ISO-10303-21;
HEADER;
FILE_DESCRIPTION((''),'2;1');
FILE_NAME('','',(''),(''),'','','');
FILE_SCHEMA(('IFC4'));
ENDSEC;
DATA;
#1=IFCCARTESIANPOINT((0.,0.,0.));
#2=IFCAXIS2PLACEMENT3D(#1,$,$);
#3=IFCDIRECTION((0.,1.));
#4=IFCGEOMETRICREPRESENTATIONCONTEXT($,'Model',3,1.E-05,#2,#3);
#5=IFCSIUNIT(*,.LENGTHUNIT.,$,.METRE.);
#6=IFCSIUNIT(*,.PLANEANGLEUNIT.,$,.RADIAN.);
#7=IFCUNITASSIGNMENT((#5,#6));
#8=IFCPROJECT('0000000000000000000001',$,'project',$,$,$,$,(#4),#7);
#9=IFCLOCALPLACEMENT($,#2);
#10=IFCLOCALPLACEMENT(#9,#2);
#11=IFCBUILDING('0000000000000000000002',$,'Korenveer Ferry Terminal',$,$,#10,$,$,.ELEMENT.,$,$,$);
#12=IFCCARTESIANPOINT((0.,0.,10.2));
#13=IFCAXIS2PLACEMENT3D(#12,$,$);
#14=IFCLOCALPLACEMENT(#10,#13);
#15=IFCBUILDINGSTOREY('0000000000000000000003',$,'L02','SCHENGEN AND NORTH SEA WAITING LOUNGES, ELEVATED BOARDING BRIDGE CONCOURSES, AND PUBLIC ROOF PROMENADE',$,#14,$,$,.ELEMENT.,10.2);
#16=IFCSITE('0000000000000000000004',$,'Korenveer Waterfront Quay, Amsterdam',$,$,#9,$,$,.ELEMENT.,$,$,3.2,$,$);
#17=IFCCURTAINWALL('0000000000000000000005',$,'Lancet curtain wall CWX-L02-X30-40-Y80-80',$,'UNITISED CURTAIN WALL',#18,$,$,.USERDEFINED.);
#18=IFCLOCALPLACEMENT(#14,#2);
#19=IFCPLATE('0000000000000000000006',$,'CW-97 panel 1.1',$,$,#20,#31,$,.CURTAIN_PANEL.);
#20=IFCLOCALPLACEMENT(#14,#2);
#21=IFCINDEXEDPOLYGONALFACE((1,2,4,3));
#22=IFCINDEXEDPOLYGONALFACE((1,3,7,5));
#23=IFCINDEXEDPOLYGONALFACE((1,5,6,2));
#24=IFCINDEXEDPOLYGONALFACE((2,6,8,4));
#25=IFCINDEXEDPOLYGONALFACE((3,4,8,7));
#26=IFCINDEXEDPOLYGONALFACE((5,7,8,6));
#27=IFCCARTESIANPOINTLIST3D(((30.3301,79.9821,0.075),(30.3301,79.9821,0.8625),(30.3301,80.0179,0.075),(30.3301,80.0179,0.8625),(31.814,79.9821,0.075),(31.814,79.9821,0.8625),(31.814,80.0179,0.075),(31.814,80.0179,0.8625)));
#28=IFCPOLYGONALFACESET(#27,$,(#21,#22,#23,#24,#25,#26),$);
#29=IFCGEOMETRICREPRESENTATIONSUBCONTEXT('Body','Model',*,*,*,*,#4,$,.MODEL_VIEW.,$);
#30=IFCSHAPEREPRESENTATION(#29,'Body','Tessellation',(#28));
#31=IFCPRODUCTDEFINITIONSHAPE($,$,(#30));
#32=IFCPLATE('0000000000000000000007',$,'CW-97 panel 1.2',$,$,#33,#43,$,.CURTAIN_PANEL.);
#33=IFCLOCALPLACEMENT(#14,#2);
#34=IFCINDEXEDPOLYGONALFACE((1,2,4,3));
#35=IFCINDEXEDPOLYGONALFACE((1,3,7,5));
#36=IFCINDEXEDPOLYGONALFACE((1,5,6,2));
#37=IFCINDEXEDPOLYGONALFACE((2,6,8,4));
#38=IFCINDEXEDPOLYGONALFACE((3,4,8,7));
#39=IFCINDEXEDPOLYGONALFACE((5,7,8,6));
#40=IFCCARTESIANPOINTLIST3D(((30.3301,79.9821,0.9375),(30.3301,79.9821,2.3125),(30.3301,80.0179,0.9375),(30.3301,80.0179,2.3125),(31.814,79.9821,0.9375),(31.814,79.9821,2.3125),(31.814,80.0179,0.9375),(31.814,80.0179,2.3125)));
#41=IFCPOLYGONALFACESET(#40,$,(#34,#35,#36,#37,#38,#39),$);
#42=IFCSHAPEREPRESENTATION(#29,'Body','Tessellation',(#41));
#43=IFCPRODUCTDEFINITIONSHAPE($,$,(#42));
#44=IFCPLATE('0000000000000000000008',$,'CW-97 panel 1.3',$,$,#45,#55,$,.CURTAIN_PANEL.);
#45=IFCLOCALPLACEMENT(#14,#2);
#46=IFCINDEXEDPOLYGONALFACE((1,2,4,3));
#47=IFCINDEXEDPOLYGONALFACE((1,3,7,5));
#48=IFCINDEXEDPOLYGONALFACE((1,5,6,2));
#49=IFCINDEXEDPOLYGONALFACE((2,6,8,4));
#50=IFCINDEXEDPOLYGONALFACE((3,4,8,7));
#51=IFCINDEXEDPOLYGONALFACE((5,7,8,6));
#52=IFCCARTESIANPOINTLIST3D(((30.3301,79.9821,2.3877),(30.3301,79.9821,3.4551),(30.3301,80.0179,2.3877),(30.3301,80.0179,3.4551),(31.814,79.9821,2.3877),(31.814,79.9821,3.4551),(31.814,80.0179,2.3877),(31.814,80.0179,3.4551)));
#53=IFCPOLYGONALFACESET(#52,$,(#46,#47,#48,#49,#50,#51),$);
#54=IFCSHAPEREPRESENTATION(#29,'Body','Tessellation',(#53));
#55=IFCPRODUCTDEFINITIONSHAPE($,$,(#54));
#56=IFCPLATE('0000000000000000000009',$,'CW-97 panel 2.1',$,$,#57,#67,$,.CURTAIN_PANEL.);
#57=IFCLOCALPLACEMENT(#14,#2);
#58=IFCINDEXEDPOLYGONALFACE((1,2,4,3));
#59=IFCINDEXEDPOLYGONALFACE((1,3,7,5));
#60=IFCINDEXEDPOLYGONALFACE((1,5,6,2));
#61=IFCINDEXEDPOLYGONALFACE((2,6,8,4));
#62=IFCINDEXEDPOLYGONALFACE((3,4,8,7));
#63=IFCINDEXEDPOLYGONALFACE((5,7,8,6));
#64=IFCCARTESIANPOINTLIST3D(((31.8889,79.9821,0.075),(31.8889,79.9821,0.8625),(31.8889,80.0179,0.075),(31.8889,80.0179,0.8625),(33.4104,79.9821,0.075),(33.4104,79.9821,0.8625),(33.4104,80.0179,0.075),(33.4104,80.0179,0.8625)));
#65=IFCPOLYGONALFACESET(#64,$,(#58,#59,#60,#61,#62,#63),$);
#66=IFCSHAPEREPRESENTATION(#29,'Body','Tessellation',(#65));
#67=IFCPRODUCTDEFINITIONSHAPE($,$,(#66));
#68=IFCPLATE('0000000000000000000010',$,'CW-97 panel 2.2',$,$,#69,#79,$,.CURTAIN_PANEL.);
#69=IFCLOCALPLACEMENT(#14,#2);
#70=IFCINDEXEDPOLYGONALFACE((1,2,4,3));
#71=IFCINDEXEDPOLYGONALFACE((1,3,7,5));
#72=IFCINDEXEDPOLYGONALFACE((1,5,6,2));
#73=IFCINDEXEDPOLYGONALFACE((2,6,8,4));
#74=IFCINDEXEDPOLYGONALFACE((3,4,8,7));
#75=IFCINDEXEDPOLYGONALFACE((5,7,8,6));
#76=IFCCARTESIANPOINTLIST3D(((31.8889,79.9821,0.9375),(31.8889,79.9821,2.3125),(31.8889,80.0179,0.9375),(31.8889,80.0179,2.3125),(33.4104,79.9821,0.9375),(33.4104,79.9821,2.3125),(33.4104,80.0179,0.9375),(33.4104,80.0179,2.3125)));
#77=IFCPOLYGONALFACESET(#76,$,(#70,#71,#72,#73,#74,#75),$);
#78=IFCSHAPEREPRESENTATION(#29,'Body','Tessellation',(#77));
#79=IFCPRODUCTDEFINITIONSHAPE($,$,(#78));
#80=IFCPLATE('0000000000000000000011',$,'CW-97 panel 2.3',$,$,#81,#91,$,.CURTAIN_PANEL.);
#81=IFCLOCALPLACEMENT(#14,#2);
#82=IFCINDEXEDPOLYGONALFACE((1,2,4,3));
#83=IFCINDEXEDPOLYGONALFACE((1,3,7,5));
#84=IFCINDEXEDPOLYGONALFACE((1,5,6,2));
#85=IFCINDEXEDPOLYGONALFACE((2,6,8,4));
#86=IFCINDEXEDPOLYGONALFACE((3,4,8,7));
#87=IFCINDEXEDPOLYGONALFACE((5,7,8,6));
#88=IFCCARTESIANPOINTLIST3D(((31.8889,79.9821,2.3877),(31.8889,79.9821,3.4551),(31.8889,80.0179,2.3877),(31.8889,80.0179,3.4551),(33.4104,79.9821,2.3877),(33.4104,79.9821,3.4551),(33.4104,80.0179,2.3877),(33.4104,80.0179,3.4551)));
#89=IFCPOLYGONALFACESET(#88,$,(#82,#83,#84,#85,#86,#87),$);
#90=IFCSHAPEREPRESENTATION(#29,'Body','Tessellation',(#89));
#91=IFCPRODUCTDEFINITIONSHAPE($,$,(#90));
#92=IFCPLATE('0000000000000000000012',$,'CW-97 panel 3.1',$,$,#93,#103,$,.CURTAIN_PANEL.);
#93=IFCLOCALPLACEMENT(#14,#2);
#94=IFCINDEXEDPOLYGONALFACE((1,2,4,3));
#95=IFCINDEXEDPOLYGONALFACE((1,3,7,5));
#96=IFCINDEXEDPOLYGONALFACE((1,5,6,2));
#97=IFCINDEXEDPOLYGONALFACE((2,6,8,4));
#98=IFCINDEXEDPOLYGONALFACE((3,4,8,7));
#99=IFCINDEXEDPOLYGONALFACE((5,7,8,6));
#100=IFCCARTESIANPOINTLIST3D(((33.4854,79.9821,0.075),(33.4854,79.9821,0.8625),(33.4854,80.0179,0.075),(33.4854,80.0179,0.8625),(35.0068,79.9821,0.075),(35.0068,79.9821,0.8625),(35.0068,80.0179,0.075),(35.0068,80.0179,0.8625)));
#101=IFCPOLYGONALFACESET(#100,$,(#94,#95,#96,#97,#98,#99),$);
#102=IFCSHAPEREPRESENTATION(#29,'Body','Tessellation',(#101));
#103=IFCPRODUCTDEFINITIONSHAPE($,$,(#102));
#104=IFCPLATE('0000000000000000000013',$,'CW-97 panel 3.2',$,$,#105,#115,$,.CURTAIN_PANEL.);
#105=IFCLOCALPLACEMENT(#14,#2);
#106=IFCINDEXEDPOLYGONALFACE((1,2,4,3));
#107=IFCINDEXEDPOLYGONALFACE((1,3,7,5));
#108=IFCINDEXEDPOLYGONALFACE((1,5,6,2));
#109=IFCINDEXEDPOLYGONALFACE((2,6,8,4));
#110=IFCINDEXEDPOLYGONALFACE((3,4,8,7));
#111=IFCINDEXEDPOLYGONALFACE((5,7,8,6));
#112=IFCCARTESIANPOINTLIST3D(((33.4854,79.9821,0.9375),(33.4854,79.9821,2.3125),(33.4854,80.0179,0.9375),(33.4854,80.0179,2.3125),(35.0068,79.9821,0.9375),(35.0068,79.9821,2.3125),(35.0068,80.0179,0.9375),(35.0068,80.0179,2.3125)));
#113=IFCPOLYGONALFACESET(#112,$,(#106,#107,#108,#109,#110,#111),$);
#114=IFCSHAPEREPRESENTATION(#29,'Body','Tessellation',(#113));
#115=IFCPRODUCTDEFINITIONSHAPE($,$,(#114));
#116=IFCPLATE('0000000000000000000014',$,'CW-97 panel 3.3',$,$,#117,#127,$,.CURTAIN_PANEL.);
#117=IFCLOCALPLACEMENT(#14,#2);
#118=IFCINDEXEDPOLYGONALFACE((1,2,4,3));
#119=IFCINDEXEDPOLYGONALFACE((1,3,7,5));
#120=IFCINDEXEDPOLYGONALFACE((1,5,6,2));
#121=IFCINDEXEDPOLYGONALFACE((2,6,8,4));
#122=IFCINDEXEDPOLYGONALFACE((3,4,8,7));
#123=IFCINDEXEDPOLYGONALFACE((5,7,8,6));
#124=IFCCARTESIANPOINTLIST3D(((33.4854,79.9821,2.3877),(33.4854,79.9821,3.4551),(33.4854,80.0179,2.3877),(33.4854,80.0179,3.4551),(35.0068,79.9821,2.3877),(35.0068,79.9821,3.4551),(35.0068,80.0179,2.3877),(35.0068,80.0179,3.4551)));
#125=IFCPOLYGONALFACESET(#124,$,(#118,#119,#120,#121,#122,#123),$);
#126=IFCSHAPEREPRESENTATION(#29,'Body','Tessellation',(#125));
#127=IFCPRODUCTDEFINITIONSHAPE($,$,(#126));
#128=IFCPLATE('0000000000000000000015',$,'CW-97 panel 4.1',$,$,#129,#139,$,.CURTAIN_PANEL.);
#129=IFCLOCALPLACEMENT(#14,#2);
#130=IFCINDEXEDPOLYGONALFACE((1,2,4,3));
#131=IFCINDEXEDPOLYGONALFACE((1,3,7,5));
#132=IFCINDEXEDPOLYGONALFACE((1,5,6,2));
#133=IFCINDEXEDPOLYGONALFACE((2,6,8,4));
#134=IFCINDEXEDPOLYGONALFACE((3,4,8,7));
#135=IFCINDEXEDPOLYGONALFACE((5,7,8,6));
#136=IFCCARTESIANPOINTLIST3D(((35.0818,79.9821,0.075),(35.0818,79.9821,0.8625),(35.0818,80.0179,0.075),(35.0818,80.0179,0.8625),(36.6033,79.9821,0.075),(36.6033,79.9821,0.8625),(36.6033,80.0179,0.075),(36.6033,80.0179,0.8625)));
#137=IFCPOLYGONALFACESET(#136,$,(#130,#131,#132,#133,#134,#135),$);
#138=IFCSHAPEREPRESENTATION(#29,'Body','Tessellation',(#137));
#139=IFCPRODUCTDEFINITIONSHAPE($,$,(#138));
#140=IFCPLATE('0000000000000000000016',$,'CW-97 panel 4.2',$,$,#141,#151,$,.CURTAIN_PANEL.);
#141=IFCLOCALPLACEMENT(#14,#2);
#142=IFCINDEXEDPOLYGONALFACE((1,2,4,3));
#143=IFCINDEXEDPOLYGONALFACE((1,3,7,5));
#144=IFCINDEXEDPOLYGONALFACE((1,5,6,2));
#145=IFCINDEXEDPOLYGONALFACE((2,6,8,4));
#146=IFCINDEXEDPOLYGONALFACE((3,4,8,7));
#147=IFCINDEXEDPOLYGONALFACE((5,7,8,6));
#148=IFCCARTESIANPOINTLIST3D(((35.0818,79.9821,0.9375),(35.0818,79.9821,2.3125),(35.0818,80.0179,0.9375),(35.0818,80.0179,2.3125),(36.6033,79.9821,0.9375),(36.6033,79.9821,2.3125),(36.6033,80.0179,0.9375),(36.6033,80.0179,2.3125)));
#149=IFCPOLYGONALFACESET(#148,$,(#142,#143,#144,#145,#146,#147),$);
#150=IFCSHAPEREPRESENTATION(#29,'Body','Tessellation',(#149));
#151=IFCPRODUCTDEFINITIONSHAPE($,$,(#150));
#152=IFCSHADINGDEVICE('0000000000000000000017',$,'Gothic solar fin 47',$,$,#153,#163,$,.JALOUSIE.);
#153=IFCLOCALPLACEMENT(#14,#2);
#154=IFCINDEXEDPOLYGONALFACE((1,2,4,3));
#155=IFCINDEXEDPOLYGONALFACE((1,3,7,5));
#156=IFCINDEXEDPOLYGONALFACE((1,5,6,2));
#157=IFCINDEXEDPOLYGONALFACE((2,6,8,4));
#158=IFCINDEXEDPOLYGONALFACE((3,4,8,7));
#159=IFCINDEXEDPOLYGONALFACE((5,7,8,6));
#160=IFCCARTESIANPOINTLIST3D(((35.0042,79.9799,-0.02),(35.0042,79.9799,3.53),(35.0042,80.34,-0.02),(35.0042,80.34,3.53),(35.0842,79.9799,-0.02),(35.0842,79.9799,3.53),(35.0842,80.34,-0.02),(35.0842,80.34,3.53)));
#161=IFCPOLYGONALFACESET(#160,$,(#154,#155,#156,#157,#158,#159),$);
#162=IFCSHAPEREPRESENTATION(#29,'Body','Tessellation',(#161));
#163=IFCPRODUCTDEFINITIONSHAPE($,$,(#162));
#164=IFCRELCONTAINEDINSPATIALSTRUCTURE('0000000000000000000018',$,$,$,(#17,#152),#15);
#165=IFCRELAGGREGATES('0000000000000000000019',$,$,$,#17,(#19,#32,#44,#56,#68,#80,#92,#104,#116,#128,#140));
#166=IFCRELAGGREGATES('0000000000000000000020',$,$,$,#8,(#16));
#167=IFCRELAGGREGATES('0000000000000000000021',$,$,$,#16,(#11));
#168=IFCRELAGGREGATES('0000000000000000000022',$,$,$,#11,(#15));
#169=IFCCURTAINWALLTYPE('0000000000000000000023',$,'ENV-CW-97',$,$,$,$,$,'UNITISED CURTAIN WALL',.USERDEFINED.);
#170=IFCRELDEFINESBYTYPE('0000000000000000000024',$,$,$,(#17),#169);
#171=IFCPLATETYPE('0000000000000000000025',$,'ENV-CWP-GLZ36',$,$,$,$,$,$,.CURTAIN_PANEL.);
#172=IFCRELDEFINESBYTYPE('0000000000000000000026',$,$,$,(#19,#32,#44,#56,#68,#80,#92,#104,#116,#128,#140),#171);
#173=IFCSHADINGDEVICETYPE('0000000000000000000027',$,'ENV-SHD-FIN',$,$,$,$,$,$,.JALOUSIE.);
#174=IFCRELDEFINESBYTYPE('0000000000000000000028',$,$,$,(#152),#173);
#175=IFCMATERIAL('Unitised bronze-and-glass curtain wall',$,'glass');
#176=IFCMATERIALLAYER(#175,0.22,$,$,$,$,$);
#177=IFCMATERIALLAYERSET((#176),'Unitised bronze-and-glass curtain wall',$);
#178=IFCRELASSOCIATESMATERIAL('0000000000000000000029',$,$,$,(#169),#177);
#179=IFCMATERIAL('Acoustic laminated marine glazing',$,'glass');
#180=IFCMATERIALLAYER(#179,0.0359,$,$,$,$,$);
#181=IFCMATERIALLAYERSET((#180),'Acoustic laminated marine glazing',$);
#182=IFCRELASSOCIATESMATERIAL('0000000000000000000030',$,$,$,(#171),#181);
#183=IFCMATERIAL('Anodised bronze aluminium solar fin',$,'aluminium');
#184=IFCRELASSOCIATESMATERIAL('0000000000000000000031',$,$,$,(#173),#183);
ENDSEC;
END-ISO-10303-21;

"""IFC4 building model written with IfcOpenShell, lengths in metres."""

from ifc_helpers import new_model, si_unit, direction, frame, origin, origin_2d, place, context, subcontext, project, spatial, rectangle, extrude, material, layer, layer_set, type_object, element, aggregate, save


model = new_model("IFC4")

# Units and contexts
model_context = context("Model", 3, precision=1e-05, world=origin(), true_north=direction((0.0, 1.0)))
body_context = subcontext(model_context, "Body", "Model", "MODEL_VIEW")
ifc_project = project(units=[si_unit("LENGTHUNIT", "METRE"), si_unit("PLANEANGLEUNIT", "RADIAN")], contexts=[model_context])

# Site, building, storey
site_placement = place(None, origin())
site = spatial("IfcSite", under=ifc_project, at=site_placement, Name="Korenveer Waterfront Quay, Amsterdam", CompositionType="ELEMENT", RefElevation=3.2)
building_placement = place(site_placement, origin())
building = spatial("IfcBuilding", under=site, at=building_placement, Name="Korenveer Ferry Terminal", CompositionType="ELEMENT")
storey_placement = place(building_placement, frame((0.0, 0.0, 10.2)))
storey = spatial("IfcBuildingStorey", under=building, at=storey_placement, Name="L02", Description="SCHENGEN AND NORTH SEA WAITING LOUNGES, ELEVATED BOARDING BRIDGE CONCOURSES, AND PUBLIC ROOF PROMENADE", CompositionType="ELEMENT", Elevation=10.2)

# Shared definitions
ifc_material_1 = material(Name="Unitised bronze-and-glass curtain wall", Category="glass")

# Curtain wall
ifc_layer_1 = layer(ifc_material_1, 0.22)
ifc_layer_set_1 = layer_set([ifc_layer_1], Name="Unitised bronze-and-glass curtain wall")
curtain_wall_type_1 = type_object("IfcCurtainWallType", Name="ENV-CW-97", ElementType="UNITISED CURTAIN WALL", PredefinedType="USERDEFINED", material=ifc_layer_set_1)
curtain_wall_1_placement = place(storey_placement, frame((30.2549, 80.0, 0.0)))
curtain_wall_1 = element("IfcCurtainWall", 1, at=curtain_wall_1_placement, inside=storey, type_object=curtain_wall_type_1, Name="Lancet curtain wall CWX-L02-X30-40-Y80-80", ObjectType="UNITISED CURTAIN WALL", PredefinedType="USERDEFINED")

# Plates
ifc_material_2 = material(Name="Acoustic laminated marine glazing", Category="glass")
ifc_layer_2 = layer(ifc_material_2, 0.0359)
ifc_layer_set_2 = layer_set([ifc_layer_2], Name="Acoustic laminated marine glazing")
plate_type = type_object("IfcPlateType", Name="ENV-CWP-GLZ36", PredefinedType="CURTAIN_PANEL", material=ifc_layer_set_2)
plate_1_placement = place(storey_placement, frame((31.072, 80.0, 0.075), z_axis=(0.0, 0.0, 1.0), x_axis=(1.0, 0.0, 0.0)))
plate_1 = element("IfcPlate", 2, at=plate_1_placement, type_object=plate_type, Name="CW-97 panel 1.1", PredefinedType="CURTAIN_PANEL", context=body_context, shape_type="SweptSolid", body=[
    extrude(rectangle(XDim=1.4839, YDim=0.0359, at=origin_2d()), origin(), (0.0, 0.0, 1.0), 0.7876),
])
plate_2_placement = place(storey_placement, frame((31.072, 80.0, 0.9375), z_axis=(0.0, 0.0, 1.0), x_axis=(1.0, 0.0, 0.0)))
plate_2 = element("IfcPlate", 3, at=plate_2_placement, type_object=plate_type, Name="CW-97 panel 1.2", PredefinedType="CURTAIN_PANEL", context=body_context, shape_type="SweptSolid", body=[
    extrude(rectangle(XDim=1.4839, YDim=0.0359, at=origin_2d()), origin(), (0.0, 0.0, 1.0), 1.375),
])
plate_3_placement = place(storey_placement, frame((31.072, 80.0, 2.3877), z_axis=(0.0, 0.0, 1.0), x_axis=(1.0, 0.0, 0.0)))
plate_3 = element("IfcPlate", 4, at=plate_3_placement, type_object=plate_type, Name="CW-97 panel 1.3", PredefinedType="CURTAIN_PANEL", context=body_context, shape_type="SweptSolid", body=[
    extrude(rectangle(XDim=1.4839, YDim=0.0359, at=origin_2d()), origin(), (0.0, 0.0, 1.0), 1.0674),
])
plate_4_placement = place(storey_placement, frame((32.6497, 80.0, 0.075), z_axis=(0.0, 0.0, 1.0), x_axis=(1.0, 0.0, 0.0)))
plate_4 = element("IfcPlate", 5, at=plate_4_placement, type_object=plate_type, Name="CW-97 panel 2.1", PredefinedType="CURTAIN_PANEL", context=body_context, shape_type="SweptSolid", body=[
    extrude(rectangle(XDim=1.5215, YDim=0.0359, at=origin_2d()), origin(), (0.0, 0.0, 1.0), 0.7876),
])
plate_5_placement = place(storey_placement, frame((32.6497, 80.0, 0.9375), z_axis=(0.0, 0.0, 1.0), x_axis=(1.0, 0.0, 0.0)))
plate_5 = element("IfcPlate", 6, at=plate_5_placement, type_object=plate_type, Name="CW-97 panel 2.2", PredefinedType="CURTAIN_PANEL", context=body_context, shape_type="SweptSolid", body=[
    extrude(rectangle(XDim=1.5215, YDim=0.0359, at=origin_2d()), origin(), (0.0, 0.0, 1.0), 1.375),
])
plate_6_placement = place(storey_placement, frame((32.6497, 80.0, 2.3877), z_axis=(0.0, 0.0, 1.0), x_axis=(1.0, 0.0, 0.0)))
plate_6 = element("IfcPlate", 7, at=plate_6_placement, type_object=plate_type, Name="CW-97 panel 2.3", PredefinedType="CURTAIN_PANEL", context=body_context, shape_type="SweptSolid", body=[
    extrude(rectangle(XDim=1.5215, YDim=0.0359, at=origin_2d()), origin(), (0.0, 0.0, 1.0), 1.0674),
])
plate_7_placement = place(storey_placement, frame((34.2461, 80.0, 0.075), z_axis=(0.0, 0.0, 1.0), x_axis=(1.0, 0.0, 0.0)))
plate_7 = element("IfcPlate", 8, at=plate_7_placement, type_object=plate_type, Name="CW-97 panel 3.1", PredefinedType="CURTAIN_PANEL", context=body_context, shape_type="SweptSolid", body=[
    extrude(rectangle(XDim=1.5215, YDim=0.0359, at=origin_2d()), origin(), (0.0, 0.0, 1.0), 0.7876),
])
plate_8_placement = place(storey_placement, frame((34.2461, 80.0, 0.9375), z_axis=(0.0, 0.0, 1.0), x_axis=(1.0, 0.0, 0.0)))
plate_8 = element("IfcPlate", 9, at=plate_8_placement, type_object=plate_type, Name="CW-97 panel 3.2", PredefinedType="CURTAIN_PANEL", context=body_context, shape_type="SweptSolid", body=[
    extrude(rectangle(XDim=1.5215, YDim=0.0359, at=origin_2d()), origin(), (0.0, 0.0, 1.0), 1.375),
])
plate_9_placement = place(storey_placement, frame((34.2461, 80.0, 2.3877), z_axis=(0.0, 0.0, 1.0), x_axis=(1.0, 0.0, 0.0)))
plate_9 = element("IfcPlate", 10, at=plate_9_placement, type_object=plate_type, Name="CW-97 panel 3.3", PredefinedType="CURTAIN_PANEL", context=body_context, shape_type="SweptSolid", body=[
    extrude(rectangle(XDim=1.5215, YDim=0.0359, at=origin_2d()), origin(), (0.0, 0.0, 1.0), 1.0674),
])
plate_10_placement = place(storey_placement, frame((35.8425, 80.0, 0.075), z_axis=(0.0, 0.0, 1.0), x_axis=(1.0, 0.0, 0.0)))
plate_10 = element("IfcPlate", 11, at=plate_10_placement, type_object=plate_type, Name="CW-97 panel 4.1", PredefinedType="CURTAIN_PANEL", context=body_context, shape_type="SweptSolid", body=[
    extrude(rectangle(XDim=1.5215, YDim=0.0359, at=origin_2d()), origin(), (0.0, 0.0, 1.0), 0.7876),
])
plate_11_placement = place(storey_placement, frame((35.8425, 80.0, 0.9375), z_axis=(0.0, 0.0, 1.0), x_axis=(1.0, 0.0, 0.0)))
plate_11 = element("IfcPlate", 12, at=plate_11_placement, type_object=plate_type, Name="CW-97 panel 4.2", PredefinedType="CURTAIN_PANEL", context=body_context, shape_type="SweptSolid", body=[
    extrude(rectangle(XDim=1.5215, YDim=0.0359, at=origin_2d()), origin(), (0.0, 0.0, 1.0), 1.375),
])
aggregate(curtain_wall_1, [plate_1, plate_2, plate_3, plate_4, plate_5, plate_6, plate_7, plate_8, plate_9, plate_10, plate_11])

# Shading device
ifc_material_3 = material(Name="Anodised bronze aluminium solar fin", Category="aluminium")
shading_device_type = type_object("IfcShadingDeviceType", Name="ENV-SHD-FIN", PredefinedType="JALOUSIE", material=ifc_material_3)
shading_device_placement = place(storey_placement, frame((35.0442, 80.1599, -0.02), z_axis=(0.0, 0.0, 1.0), x_axis=(0.0, 1.0, 0.0)))
element("IfcShadingDevice", 13, at=shading_device_placement, inside=storey, type_object=shading_device_type, Name="Gothic solar fin 47", PredefinedType="JALOUSIE", context=body_context, shape_type="SweptSolid", body=[
    extrude(rectangle(XDim=0.3601, YDim=0.0801, at=origin_2d()), origin(), (0.0, 0.0, 1.0), 3.55),
])

save(model, "model.ifc")
